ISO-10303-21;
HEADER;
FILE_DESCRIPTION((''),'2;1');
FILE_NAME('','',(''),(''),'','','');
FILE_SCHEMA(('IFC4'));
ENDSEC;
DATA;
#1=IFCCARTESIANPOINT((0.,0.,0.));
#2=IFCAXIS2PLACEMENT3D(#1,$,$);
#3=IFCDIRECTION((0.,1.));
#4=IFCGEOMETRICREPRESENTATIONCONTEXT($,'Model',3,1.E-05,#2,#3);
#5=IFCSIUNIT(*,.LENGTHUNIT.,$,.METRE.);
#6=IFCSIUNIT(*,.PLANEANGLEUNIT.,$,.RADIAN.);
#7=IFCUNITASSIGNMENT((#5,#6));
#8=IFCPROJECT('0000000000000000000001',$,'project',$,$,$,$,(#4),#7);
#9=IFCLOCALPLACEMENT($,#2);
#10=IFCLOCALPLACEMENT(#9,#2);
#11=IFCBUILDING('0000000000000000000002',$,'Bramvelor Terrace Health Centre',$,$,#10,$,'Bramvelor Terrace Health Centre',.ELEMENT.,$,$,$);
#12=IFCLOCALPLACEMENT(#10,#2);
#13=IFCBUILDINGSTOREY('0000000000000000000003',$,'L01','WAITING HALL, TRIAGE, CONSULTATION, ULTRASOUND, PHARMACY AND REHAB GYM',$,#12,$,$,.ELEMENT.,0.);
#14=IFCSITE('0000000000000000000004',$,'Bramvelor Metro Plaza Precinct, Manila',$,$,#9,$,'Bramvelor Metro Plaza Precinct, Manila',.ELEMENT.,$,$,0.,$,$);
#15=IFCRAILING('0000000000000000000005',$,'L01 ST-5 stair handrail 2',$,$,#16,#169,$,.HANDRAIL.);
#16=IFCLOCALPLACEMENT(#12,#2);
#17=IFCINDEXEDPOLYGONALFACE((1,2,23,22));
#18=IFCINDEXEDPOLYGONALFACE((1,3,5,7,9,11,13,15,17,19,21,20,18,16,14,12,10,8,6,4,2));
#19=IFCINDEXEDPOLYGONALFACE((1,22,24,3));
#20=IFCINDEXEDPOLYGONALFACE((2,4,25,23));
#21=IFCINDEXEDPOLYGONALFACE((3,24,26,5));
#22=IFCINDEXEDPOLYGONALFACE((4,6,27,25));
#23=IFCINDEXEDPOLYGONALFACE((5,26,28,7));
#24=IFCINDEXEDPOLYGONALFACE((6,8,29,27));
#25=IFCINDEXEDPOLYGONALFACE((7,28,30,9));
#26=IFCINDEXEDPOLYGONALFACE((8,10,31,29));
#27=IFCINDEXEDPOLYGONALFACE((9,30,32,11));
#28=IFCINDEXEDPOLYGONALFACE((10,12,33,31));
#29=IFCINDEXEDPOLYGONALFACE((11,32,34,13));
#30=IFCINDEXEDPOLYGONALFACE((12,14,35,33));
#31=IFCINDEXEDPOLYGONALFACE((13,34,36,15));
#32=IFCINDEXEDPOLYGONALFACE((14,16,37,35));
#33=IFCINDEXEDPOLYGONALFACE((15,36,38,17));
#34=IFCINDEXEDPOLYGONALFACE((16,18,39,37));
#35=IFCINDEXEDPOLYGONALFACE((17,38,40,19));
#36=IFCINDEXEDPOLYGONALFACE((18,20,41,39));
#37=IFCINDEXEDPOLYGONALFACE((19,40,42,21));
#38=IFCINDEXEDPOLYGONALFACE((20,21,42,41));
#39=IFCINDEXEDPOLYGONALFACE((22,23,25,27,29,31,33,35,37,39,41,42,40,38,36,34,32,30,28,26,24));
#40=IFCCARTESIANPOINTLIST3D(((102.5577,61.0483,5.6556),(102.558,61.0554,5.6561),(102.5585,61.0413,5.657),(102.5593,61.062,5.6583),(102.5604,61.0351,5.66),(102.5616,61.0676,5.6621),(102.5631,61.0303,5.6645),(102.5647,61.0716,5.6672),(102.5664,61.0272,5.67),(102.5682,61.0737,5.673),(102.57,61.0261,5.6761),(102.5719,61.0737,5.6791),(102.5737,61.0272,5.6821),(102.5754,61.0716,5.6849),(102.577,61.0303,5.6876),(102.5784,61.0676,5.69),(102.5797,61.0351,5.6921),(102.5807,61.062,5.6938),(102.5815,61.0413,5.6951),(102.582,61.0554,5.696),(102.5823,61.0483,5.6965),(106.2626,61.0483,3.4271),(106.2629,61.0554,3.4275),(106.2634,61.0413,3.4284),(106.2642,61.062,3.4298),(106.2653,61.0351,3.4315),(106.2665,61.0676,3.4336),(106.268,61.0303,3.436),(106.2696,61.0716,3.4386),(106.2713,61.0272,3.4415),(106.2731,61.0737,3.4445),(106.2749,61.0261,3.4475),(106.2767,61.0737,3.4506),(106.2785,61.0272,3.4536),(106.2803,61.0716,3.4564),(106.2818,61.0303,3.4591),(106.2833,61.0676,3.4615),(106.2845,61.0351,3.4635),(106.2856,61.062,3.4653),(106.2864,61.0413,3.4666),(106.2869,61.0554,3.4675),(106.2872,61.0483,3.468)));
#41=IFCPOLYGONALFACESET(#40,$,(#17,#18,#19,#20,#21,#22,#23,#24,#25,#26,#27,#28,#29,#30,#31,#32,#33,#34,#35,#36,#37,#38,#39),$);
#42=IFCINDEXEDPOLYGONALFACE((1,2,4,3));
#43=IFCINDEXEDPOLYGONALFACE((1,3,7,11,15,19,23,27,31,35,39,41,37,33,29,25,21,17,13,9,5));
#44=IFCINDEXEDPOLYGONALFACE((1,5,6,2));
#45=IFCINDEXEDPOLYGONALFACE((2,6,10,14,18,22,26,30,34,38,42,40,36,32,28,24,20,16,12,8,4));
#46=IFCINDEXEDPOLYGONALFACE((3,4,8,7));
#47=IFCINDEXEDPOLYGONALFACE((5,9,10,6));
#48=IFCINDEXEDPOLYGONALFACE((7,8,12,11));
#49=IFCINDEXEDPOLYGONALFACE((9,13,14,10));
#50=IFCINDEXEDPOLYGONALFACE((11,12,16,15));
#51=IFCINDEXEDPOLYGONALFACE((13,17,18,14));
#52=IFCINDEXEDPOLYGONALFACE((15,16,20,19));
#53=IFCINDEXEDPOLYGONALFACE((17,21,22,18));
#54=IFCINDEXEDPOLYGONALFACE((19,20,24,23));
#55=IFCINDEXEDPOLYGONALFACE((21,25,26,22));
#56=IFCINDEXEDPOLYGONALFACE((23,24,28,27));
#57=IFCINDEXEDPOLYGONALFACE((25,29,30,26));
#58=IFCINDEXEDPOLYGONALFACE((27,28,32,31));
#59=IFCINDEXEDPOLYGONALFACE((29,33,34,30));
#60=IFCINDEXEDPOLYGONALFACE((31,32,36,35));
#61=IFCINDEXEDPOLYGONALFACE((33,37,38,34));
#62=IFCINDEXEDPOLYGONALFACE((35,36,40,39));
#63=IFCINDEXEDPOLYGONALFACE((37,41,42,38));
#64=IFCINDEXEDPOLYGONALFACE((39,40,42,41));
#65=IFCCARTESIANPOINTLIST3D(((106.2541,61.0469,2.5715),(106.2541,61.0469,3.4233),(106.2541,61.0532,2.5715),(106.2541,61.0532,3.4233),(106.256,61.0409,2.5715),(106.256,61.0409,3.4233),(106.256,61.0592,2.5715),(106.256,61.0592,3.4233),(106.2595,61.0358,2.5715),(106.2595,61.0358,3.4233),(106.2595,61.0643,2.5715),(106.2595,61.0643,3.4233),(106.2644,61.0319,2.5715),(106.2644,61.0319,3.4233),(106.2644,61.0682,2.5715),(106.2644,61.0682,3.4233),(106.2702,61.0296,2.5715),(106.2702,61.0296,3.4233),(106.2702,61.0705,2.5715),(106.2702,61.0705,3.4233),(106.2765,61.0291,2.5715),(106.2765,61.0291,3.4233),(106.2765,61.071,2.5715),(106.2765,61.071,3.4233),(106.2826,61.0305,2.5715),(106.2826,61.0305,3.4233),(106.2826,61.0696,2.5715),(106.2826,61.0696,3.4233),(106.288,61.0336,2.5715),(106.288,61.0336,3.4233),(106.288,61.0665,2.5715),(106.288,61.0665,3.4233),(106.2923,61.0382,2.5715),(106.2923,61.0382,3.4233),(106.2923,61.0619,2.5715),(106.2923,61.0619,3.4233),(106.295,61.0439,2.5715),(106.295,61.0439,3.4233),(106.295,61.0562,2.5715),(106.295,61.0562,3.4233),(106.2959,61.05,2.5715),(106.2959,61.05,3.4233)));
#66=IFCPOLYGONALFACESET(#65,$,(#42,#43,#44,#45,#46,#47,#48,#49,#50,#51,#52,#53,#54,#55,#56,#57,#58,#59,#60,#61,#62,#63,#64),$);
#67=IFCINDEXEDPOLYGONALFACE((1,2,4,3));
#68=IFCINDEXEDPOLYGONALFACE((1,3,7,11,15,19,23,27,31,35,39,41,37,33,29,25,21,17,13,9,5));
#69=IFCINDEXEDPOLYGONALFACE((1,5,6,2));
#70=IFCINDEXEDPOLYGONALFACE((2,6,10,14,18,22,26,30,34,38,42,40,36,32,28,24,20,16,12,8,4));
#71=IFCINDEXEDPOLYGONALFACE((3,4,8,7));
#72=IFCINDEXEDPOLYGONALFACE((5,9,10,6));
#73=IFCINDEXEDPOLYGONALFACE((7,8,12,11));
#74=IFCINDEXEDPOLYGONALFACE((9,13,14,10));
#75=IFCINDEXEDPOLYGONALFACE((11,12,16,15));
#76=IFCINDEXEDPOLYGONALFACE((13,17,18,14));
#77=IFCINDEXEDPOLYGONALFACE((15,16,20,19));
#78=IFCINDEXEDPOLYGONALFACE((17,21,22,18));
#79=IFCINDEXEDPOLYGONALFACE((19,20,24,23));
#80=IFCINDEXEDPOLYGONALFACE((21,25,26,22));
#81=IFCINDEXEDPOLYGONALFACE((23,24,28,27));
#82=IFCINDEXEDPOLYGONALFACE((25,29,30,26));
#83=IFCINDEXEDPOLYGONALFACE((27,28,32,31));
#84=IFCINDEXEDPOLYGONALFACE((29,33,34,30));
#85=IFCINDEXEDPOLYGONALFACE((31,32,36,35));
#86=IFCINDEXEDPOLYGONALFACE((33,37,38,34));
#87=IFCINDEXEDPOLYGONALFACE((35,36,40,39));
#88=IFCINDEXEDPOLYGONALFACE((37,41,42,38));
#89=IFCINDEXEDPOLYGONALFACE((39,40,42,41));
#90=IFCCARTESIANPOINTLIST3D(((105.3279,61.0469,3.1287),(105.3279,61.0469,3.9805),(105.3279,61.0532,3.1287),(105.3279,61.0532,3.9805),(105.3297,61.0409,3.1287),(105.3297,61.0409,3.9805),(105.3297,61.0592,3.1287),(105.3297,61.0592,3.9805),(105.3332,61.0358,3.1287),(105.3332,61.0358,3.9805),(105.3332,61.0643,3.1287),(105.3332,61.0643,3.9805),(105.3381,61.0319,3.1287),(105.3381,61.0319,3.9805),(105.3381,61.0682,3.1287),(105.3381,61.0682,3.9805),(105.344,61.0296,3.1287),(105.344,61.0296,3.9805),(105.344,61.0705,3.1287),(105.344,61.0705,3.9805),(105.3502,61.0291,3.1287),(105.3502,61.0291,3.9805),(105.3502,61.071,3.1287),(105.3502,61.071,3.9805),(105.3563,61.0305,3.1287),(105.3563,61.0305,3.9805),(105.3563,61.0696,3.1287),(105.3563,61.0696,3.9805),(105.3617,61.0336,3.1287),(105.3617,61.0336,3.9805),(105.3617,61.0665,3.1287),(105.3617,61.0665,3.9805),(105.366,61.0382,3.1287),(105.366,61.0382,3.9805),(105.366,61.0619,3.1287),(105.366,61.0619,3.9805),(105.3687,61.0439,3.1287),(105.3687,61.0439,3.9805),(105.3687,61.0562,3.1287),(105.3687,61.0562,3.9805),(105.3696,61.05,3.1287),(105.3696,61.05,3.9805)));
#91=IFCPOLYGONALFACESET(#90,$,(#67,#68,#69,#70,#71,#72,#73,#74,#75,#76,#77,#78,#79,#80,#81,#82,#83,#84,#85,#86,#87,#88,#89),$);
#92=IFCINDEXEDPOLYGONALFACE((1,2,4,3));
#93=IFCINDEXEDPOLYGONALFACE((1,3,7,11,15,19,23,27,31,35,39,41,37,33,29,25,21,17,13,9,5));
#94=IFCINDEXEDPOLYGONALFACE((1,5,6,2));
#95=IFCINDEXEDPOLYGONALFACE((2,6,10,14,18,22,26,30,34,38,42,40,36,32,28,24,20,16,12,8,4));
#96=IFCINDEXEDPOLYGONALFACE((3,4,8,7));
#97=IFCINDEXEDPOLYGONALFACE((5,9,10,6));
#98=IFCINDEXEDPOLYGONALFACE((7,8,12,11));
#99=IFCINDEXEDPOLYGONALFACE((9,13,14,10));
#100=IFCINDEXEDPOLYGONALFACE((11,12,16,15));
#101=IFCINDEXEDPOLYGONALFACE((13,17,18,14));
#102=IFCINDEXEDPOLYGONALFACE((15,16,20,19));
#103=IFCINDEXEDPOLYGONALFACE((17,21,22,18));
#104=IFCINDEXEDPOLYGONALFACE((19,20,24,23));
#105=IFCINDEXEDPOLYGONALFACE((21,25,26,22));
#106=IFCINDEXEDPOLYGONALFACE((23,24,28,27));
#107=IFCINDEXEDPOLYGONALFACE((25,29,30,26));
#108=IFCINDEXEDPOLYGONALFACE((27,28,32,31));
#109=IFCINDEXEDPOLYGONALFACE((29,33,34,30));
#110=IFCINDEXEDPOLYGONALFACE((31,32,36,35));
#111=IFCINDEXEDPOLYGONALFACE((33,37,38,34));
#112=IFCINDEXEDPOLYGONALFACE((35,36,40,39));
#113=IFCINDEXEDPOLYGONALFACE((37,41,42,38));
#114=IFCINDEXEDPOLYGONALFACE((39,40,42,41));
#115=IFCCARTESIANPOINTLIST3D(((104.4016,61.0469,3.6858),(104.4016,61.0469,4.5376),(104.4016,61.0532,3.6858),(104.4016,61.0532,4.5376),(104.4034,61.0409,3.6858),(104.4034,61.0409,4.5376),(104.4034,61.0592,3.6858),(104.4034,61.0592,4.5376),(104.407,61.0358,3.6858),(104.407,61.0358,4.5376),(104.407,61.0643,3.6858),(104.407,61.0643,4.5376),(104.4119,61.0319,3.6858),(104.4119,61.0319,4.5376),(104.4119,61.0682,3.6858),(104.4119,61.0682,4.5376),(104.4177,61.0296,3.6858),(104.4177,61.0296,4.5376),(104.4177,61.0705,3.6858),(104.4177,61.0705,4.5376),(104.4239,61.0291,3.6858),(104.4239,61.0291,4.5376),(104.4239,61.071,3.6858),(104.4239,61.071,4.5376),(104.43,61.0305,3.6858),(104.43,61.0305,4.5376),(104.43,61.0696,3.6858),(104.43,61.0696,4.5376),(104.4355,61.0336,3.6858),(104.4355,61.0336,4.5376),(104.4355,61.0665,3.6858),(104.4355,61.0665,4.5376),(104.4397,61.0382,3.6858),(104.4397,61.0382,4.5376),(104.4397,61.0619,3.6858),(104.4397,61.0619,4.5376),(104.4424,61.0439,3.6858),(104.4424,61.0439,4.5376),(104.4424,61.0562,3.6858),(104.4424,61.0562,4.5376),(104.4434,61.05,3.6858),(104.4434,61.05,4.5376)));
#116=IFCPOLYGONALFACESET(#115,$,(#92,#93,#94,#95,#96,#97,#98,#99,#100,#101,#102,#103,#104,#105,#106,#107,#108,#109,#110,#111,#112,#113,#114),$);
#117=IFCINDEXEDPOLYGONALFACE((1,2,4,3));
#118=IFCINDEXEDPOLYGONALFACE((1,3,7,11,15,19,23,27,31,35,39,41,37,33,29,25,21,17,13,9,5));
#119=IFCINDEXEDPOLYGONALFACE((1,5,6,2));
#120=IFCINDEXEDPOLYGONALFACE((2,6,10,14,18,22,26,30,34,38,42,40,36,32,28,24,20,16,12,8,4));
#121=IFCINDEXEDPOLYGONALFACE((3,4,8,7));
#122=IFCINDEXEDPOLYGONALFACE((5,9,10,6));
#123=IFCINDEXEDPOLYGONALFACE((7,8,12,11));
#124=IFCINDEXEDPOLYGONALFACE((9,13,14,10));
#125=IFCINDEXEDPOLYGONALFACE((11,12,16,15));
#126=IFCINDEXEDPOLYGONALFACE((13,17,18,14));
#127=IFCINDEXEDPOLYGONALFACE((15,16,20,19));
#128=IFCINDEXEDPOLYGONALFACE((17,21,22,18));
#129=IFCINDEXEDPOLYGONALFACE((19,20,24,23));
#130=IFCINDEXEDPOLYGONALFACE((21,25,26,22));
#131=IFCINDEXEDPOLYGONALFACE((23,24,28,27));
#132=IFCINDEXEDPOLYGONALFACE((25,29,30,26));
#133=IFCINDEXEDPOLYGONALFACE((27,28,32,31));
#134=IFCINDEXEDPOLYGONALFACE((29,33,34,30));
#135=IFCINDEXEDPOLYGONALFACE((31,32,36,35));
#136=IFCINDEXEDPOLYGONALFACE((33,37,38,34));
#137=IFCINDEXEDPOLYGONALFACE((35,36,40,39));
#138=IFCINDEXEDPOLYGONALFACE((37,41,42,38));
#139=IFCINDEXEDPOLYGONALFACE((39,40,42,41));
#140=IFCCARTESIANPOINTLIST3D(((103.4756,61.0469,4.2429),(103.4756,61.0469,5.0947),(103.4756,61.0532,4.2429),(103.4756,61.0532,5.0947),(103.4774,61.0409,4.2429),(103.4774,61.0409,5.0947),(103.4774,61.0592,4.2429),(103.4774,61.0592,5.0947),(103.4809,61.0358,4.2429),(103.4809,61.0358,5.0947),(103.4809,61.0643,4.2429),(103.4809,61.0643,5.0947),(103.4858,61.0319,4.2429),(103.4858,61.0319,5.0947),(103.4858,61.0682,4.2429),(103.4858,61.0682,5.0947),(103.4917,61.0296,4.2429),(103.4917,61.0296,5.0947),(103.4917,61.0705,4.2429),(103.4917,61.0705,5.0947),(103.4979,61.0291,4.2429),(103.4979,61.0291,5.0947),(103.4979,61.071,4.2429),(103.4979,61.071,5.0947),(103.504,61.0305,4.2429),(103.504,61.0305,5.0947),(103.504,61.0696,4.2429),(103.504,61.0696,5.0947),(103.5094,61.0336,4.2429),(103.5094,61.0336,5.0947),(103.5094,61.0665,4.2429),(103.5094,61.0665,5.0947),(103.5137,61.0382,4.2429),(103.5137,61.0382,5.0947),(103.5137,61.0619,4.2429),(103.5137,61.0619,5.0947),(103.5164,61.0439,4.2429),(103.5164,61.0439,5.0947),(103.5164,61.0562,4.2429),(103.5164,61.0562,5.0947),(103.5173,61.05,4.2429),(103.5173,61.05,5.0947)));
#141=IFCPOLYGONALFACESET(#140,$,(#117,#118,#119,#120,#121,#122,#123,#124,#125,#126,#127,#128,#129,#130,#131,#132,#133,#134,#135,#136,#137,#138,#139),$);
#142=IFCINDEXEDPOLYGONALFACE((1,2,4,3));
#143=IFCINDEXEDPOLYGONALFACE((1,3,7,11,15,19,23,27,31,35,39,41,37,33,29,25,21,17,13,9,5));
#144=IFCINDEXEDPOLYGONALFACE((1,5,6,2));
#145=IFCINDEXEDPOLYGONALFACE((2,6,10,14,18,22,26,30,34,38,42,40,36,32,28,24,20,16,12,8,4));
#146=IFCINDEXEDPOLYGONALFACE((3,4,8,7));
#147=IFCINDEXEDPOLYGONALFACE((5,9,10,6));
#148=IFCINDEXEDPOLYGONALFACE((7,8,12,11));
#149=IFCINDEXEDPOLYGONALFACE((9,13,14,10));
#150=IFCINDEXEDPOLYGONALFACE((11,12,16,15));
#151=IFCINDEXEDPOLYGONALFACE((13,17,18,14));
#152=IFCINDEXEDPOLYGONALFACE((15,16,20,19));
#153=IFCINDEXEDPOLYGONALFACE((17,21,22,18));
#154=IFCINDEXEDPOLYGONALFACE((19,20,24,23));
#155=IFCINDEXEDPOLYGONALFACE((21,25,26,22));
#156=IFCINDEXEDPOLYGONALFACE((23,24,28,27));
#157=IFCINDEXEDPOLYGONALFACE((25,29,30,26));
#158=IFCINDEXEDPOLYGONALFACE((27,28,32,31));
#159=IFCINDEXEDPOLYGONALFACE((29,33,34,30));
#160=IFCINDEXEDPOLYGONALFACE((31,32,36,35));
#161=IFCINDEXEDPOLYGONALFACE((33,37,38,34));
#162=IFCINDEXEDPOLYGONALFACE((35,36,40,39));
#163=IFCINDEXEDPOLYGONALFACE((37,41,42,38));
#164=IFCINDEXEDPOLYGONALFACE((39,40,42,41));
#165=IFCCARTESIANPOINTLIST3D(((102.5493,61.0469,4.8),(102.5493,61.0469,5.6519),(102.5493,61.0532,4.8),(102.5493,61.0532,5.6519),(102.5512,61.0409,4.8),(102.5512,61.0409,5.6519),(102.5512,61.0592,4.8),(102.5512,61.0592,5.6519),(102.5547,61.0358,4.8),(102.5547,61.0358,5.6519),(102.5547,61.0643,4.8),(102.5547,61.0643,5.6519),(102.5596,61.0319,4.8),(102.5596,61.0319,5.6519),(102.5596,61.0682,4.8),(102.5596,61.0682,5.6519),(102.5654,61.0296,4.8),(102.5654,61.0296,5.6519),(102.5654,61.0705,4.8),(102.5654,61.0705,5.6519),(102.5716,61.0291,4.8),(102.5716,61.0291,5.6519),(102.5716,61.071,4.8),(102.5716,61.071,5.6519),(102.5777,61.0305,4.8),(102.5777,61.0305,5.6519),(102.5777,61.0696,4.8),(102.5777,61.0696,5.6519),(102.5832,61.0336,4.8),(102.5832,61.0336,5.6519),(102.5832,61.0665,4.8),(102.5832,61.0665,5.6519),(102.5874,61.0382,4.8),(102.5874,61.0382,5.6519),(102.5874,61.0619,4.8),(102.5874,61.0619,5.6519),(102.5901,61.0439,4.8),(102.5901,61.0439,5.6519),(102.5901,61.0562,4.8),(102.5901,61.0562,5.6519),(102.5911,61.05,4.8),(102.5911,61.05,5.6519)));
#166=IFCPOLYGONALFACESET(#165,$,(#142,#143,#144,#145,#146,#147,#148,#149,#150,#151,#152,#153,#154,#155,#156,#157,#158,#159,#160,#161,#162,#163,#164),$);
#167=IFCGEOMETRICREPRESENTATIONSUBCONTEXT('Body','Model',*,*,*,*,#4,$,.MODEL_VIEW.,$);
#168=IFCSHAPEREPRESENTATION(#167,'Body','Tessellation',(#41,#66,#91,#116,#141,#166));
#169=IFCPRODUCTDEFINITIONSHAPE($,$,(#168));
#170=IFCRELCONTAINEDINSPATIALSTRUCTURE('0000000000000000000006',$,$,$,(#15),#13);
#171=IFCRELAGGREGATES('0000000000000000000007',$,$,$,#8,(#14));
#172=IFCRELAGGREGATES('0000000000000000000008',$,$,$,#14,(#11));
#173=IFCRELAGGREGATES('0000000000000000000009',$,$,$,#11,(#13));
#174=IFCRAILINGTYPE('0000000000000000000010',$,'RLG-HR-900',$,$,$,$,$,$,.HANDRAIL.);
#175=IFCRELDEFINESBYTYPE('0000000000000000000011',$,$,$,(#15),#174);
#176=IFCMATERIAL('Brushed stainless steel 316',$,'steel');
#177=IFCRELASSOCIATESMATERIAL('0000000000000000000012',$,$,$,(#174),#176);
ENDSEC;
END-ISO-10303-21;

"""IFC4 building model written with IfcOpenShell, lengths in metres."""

from ifc_helpers import new_model, si_unit, direction, frame, origin, origin_2d, place, context, subcontext, project, spatial, circle, extrude, material, type_object, element, save


model = new_model("IFC4")

# Units and contexts
model_context = context("Model", 3, precision=1e-05, world=origin(), true_north=direction((0.0, 1.0)))
body_context = subcontext(model_context, "Body", "Model", "MODEL_VIEW")
ifc_project = project(units=[si_unit("LENGTHUNIT", "METRE"), si_unit("PLANEANGLEUNIT", "RADIAN")], contexts=[model_context])

# Site, building, storey
site_placement = place(None, origin())
site = spatial("IfcSite", under=ifc_project, at=site_placement, Name="Bramvelor Metro Plaza Precinct, Manila", LongName="Bramvelor Metro Plaza Precinct, Manila", CompositionType="ELEMENT", RefElevation=0.0)
building_placement = place(site_placement, origin())
building = spatial("IfcBuilding", under=site, at=building_placement, Name="Bramvelor Terrace Health Centre", LongName="Bramvelor Terrace Health Centre", CompositionType="ELEMENT")
storey_placement = place(building_placement, origin())
storey = spatial("IfcBuildingStorey", under=building, at=storey_placement, Name="L01", Description="WAITING HALL, TRIAGE, CONSULTATION, ULTRASOUND, PHARMACY AND REHAB GYM", CompositionType="ELEMENT", Elevation=0.0)

# Railing
ifc_material_1 = material(Name="Brushed stainless steel 316", Category="steel")
railing_type_1 = type_object("IfcRailingType", Name="RLG-HR-900", PredefinedType="HANDRAIL", material=ifc_material_1)
railing_1_placement = place(storey_placement, frame((106.2749, 61.05, 2.5715)))
element("IfcRailing", 1, at=railing_1_placement, inside=storey, type_object=railing_type_1, Name="L01 ST-5 stair handrail 2", PredefinedType="HANDRAIL", context=body_context, shape_type="SweptSolid", body=[
    extrude(circle(Radius=0.0239, at=origin_2d()), frame((0.0, 0.0, 0.876), z_axis=(-0.856919, 0.0, 0.51545), x_axis=(0.0, -1.0, 0.0)), (0.0, 0.0, 1.0), 4.3235),
    extrude(circle(Radius=0.021, at=origin_2d()), origin(), (0.0, 0.0, 1.0), 0.8518),
    extrude(circle(Radius=0.021, at=origin_2d()), frame((-0.9263, 0.0, 0.5571)), (0.0, 0.0, 1.0), 0.8518),
    extrude(circle(Radius=0.021, at=origin_2d()), frame((-1.8525, 0.0, 1.1143)), (0.0, 0.0, 1.0), 0.8518),
    extrude(circle(Radius=0.021, at=origin_2d()), frame((-2.7786, 0.0, 1.6714)), (0.0, 0.0, 1.0), 0.8518),
    extrude(circle(Radius=0.021, at=origin_2d()), frame((-3.7048, 0.0, 2.2285)), (0.0, 0.0, 1.0), 0.8518),
])

save(model, "model.ifc")
